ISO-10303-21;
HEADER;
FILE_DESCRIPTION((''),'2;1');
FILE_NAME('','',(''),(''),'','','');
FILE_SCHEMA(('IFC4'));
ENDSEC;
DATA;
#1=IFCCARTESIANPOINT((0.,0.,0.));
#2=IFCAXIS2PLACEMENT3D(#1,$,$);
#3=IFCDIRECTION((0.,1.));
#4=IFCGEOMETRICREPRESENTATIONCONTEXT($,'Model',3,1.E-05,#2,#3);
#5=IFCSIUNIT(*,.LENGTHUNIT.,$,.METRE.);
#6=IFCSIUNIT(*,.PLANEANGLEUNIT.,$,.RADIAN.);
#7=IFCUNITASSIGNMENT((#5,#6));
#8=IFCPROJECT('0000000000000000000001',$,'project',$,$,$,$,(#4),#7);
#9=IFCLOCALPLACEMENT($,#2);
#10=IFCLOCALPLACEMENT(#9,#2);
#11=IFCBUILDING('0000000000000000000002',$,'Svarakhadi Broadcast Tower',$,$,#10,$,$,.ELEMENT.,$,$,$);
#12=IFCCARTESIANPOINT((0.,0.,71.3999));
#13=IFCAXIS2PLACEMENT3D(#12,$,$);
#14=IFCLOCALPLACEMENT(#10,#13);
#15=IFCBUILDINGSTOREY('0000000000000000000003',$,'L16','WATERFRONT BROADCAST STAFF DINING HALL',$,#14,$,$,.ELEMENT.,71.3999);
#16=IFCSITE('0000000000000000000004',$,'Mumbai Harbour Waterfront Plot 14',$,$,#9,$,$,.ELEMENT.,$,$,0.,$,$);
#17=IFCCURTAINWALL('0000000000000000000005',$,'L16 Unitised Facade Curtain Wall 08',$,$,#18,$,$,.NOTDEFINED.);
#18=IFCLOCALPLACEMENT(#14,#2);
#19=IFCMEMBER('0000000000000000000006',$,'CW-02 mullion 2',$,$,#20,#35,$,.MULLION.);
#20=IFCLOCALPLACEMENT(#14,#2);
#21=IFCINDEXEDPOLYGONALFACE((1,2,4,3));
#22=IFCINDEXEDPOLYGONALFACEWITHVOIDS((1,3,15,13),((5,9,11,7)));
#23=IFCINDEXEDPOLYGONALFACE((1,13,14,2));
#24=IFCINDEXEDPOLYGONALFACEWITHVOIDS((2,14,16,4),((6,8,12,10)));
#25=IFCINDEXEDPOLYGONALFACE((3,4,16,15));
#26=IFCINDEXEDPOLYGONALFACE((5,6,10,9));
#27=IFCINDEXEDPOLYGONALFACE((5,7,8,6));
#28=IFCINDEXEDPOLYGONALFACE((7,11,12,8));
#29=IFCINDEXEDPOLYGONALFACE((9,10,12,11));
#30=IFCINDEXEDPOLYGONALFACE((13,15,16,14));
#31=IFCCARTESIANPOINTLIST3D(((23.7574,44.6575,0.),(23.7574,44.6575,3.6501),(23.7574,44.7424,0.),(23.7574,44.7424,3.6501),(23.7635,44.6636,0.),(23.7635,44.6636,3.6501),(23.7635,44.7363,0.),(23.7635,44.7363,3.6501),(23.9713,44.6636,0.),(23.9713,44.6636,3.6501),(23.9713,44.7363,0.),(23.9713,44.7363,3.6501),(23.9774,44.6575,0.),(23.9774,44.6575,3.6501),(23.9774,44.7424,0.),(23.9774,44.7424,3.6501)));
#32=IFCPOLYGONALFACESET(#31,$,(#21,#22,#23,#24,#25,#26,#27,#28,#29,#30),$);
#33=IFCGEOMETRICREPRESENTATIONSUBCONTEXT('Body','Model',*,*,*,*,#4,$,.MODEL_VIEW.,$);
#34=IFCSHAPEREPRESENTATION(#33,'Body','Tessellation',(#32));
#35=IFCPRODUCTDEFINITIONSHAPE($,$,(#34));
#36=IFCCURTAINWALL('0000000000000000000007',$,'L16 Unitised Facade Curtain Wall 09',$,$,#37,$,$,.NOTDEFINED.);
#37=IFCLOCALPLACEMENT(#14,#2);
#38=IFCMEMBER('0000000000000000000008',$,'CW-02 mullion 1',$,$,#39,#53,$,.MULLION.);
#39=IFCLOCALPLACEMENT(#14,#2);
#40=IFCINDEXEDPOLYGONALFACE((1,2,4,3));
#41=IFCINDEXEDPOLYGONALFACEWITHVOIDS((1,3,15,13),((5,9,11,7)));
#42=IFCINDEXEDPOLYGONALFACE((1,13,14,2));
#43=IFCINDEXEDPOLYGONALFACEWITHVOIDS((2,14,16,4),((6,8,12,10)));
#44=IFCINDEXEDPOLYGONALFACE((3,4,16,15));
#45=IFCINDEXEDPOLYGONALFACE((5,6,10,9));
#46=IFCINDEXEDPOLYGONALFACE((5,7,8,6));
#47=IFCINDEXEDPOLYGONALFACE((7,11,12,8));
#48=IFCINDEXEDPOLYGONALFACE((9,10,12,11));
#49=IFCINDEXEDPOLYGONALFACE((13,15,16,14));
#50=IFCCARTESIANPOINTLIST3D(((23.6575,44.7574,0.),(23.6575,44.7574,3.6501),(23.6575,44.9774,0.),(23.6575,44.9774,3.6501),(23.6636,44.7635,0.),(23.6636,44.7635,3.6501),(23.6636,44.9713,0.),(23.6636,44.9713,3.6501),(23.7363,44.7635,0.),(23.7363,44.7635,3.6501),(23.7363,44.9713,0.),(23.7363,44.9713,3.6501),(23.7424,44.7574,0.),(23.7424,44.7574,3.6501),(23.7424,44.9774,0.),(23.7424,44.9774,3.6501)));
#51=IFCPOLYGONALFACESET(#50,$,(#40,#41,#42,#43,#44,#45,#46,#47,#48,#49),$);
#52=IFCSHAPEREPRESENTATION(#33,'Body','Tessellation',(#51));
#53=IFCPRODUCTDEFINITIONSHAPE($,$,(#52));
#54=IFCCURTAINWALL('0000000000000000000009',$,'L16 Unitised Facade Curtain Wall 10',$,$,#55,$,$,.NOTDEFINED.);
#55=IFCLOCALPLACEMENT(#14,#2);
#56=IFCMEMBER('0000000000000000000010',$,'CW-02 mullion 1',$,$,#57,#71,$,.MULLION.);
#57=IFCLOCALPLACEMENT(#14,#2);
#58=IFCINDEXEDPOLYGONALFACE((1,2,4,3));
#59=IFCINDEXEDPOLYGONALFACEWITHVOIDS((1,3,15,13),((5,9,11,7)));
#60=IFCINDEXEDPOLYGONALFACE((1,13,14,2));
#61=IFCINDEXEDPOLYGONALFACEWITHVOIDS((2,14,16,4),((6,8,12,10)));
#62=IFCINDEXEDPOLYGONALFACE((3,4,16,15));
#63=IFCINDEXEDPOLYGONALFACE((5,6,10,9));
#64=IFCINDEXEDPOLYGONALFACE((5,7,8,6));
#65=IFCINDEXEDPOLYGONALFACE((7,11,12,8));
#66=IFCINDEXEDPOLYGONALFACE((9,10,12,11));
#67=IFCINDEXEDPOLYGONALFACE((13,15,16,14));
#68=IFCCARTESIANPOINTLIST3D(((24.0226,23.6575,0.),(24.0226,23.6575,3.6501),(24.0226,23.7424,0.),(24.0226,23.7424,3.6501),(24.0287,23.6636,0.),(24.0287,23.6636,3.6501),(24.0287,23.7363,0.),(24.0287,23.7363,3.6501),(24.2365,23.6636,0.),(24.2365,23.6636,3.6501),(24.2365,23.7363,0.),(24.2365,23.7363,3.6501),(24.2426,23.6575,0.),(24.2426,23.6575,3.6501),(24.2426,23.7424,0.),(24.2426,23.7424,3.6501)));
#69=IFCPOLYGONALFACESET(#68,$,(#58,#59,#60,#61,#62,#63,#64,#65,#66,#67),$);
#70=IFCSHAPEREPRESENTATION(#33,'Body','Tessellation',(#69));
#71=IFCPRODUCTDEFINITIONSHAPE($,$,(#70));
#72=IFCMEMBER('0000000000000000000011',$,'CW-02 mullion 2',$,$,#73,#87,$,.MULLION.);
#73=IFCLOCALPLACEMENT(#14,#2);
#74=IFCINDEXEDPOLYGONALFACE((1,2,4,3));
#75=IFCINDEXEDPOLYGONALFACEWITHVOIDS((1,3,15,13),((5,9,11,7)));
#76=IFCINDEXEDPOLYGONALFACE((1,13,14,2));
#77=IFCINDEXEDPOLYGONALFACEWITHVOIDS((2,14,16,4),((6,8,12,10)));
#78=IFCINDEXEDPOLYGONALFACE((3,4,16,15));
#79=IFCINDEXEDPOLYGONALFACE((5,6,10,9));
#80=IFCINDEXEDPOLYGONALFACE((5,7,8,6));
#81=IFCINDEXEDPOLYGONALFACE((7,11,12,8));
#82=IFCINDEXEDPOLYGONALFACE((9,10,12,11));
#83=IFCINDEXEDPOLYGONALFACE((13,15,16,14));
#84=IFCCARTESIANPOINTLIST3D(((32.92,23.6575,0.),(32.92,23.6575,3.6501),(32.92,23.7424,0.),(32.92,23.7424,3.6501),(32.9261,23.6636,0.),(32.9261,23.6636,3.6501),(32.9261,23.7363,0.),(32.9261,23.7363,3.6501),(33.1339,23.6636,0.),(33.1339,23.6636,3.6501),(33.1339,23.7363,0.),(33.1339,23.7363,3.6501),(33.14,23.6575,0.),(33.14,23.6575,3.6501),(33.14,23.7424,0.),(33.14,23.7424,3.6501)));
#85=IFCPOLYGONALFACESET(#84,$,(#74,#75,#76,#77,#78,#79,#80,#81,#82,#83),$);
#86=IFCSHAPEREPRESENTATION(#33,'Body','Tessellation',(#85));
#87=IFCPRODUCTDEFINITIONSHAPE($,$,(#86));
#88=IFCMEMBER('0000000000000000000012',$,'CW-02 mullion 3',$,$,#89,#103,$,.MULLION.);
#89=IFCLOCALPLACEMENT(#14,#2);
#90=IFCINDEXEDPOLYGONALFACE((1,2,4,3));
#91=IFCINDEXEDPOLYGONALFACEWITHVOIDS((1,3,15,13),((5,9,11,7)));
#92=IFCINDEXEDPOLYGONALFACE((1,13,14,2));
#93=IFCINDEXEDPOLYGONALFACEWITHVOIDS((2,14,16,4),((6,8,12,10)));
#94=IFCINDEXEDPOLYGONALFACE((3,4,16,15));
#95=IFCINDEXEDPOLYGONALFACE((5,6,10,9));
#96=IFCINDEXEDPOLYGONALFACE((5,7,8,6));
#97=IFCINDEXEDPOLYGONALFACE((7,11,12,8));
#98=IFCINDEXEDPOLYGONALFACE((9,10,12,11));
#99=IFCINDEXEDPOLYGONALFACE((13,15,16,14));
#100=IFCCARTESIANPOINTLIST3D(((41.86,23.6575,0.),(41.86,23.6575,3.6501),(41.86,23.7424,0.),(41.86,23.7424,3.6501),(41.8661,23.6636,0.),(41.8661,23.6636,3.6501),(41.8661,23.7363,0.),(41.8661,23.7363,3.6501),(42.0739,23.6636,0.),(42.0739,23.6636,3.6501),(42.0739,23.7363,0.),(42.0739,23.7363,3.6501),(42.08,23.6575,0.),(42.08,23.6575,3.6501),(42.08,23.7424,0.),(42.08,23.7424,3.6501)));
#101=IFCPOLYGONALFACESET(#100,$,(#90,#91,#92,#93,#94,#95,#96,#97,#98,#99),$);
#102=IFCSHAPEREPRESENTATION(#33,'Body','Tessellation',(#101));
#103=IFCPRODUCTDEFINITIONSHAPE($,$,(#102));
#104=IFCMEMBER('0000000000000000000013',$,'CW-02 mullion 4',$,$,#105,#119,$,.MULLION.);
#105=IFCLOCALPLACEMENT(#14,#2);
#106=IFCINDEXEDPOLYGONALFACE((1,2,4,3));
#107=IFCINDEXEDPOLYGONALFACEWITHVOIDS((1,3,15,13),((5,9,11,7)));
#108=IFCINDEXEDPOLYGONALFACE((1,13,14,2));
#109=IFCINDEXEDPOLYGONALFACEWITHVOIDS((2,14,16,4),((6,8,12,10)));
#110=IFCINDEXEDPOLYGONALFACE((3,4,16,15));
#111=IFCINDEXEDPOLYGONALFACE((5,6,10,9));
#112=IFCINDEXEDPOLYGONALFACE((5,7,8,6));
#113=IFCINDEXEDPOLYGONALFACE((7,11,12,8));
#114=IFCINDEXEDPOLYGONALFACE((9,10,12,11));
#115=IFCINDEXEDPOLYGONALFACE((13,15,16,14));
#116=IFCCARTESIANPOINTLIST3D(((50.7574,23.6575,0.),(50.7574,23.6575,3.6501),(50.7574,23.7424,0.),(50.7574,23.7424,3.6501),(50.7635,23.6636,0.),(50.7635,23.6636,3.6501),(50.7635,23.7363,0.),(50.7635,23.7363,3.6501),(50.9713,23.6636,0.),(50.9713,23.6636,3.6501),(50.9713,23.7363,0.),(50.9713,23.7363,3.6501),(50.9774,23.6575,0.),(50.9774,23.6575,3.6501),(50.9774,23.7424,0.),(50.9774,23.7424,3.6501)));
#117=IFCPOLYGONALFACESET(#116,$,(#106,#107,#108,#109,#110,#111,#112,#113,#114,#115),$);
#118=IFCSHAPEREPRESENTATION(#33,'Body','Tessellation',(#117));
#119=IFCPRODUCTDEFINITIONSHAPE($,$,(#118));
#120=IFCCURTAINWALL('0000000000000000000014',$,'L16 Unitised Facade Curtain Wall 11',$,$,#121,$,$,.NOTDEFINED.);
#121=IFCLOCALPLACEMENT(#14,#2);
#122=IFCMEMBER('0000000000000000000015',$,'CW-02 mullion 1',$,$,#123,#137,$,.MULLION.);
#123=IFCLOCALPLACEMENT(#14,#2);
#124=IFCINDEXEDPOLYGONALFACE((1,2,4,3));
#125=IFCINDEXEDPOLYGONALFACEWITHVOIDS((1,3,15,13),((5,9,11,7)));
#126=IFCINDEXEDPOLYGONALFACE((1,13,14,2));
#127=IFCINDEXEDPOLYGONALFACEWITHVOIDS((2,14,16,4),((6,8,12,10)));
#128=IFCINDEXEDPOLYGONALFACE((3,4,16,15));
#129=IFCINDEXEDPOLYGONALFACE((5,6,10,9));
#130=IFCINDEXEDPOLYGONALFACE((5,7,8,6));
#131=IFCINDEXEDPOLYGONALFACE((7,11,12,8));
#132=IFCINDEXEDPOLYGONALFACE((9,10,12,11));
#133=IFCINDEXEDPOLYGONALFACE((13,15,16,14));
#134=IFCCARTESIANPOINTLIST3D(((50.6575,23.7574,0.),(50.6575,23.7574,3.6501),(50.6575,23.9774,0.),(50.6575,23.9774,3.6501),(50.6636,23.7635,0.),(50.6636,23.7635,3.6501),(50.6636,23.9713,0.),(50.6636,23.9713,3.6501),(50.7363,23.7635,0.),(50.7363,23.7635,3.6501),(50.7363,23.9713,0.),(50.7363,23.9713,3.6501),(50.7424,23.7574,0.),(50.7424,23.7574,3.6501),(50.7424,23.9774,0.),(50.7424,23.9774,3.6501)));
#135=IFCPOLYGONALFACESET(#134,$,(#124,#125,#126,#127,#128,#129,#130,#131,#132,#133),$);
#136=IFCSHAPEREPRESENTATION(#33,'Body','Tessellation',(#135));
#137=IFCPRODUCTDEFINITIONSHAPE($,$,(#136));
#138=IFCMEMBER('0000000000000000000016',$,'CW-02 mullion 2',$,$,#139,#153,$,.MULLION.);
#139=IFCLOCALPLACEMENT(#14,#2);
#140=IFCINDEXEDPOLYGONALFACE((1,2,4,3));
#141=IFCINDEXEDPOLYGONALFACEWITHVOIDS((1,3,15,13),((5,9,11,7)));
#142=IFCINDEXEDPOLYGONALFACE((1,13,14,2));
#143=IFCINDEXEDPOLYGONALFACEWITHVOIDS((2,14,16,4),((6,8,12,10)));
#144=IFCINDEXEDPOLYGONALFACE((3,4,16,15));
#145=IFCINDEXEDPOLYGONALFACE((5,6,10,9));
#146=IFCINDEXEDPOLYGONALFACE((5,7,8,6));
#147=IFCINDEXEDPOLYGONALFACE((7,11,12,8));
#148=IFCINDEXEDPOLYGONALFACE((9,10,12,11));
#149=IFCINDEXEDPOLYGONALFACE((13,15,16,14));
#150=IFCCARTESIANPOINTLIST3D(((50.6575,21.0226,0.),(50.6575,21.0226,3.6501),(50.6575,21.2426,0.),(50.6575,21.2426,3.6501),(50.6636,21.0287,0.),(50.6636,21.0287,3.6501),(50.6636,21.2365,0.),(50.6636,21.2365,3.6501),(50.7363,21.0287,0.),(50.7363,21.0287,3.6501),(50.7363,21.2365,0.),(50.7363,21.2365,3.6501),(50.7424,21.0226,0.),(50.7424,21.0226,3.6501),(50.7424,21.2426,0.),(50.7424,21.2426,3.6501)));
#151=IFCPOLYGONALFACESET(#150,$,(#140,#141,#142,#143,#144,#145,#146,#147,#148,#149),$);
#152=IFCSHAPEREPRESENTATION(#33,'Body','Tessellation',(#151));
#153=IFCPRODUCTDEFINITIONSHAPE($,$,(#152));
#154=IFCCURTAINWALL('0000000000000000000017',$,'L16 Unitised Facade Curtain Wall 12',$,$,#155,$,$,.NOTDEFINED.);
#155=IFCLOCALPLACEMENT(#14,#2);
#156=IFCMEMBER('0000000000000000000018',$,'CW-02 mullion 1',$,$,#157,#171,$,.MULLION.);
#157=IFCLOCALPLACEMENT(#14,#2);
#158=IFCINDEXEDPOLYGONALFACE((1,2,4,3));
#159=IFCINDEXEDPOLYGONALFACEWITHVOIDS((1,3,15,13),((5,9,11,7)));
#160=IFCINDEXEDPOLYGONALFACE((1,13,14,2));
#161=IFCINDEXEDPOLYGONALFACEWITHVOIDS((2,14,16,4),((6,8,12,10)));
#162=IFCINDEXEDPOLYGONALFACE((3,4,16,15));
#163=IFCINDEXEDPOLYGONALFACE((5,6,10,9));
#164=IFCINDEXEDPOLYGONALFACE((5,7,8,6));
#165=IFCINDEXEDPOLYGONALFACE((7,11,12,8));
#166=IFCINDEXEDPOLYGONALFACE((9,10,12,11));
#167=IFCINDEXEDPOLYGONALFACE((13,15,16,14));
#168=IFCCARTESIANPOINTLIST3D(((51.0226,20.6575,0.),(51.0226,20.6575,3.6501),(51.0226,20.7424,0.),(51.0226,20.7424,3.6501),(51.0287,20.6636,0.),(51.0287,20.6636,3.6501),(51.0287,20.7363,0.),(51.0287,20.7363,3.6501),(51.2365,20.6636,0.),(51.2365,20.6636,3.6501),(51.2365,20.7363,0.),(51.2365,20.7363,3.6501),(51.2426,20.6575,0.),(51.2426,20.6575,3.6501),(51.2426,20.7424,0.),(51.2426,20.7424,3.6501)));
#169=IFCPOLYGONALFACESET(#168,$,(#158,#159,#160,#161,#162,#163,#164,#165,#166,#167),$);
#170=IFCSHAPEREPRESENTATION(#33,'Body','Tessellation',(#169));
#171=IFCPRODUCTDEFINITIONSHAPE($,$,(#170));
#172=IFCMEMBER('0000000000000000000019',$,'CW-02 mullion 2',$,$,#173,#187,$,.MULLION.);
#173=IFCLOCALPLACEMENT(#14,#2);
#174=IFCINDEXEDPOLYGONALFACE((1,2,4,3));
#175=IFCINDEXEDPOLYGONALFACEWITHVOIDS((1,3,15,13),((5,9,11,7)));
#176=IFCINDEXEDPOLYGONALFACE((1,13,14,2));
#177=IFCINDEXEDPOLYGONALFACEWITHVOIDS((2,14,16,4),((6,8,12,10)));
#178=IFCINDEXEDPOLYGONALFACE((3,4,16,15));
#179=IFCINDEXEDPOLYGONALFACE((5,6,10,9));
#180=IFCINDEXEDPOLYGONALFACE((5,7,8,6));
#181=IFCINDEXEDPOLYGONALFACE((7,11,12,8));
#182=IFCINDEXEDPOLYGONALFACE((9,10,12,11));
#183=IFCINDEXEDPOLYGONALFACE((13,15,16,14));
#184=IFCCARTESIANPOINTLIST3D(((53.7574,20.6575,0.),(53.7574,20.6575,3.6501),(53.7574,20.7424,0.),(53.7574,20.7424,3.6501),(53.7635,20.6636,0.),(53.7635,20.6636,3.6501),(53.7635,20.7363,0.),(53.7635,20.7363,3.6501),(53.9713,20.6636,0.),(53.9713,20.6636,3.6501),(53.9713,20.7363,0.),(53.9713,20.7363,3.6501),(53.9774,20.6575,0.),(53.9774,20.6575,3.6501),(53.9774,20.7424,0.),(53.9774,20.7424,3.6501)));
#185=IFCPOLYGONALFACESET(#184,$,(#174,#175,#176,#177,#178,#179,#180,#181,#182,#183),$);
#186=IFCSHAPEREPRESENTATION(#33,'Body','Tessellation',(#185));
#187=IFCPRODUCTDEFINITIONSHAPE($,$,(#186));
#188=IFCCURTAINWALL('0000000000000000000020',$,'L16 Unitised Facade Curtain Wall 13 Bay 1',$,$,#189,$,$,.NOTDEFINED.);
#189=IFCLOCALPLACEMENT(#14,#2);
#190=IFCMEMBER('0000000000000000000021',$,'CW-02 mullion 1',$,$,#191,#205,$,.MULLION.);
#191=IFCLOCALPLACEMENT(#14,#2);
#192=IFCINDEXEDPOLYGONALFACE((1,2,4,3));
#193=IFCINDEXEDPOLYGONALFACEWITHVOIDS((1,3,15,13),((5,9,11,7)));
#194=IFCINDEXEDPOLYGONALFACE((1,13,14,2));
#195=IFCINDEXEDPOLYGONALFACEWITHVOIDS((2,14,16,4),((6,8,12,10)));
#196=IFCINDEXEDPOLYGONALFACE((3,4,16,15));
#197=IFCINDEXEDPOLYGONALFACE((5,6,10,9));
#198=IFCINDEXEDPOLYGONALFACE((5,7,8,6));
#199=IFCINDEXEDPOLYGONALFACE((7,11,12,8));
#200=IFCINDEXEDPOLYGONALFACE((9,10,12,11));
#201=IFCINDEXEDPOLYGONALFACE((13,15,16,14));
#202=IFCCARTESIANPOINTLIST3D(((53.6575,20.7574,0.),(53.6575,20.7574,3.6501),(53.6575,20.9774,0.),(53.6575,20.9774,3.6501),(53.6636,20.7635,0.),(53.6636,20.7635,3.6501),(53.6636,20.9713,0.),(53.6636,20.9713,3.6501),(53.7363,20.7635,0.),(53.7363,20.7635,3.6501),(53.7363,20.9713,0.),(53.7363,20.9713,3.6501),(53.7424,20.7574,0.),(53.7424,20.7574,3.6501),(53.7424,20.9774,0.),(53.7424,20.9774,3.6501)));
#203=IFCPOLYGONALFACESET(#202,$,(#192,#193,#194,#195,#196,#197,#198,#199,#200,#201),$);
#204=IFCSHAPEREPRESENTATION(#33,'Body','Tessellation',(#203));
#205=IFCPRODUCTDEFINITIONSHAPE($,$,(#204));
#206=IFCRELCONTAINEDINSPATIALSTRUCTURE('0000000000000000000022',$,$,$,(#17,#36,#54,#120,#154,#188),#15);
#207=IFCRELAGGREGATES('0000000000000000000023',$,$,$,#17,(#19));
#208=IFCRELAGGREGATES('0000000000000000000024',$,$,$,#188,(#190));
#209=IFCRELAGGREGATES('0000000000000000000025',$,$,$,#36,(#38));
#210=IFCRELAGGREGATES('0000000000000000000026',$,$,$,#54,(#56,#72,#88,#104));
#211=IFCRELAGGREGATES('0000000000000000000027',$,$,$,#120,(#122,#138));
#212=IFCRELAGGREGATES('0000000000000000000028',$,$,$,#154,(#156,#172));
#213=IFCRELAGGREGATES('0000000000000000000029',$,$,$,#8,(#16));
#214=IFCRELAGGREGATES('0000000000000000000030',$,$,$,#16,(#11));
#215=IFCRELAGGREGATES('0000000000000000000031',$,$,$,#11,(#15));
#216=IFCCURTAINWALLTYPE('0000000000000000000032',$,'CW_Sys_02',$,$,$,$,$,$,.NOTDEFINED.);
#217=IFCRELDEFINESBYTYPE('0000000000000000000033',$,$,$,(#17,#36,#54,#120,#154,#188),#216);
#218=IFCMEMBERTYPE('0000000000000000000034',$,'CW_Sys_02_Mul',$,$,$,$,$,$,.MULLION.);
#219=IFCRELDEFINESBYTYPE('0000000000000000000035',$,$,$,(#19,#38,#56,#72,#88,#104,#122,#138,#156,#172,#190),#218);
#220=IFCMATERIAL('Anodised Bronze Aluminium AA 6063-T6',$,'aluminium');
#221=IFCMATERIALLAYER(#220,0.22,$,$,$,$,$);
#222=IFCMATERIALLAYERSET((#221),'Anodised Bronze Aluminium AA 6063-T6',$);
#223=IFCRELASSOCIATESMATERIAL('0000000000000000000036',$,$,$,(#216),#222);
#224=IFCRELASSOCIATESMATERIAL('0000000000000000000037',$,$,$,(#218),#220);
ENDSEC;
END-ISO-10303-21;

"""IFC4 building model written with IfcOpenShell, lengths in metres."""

from ifc_helpers import new_model, si_unit, direction, frame, origin, origin_2d, place, context, subcontext, project, spatial, hollow_rectangle, extrude, material, layer, layer_set, material_profile, profile_set, type_object, element, aggregate, save


model = new_model("IFC4")

# Units and contexts
model_context = context("Model", 3, precision=1e-05, world=origin(), true_north=direction((0.0, 1.0)))
body_context = subcontext(model_context, "Body", "Model", "MODEL_VIEW")
ifc_project = project(units=[si_unit("LENGTHUNIT", "METRE"), si_unit("PLANEANGLEUNIT", "RADIAN")], contexts=[model_context])

# Site, building, storey
site_placement = place(None, origin())
site = spatial("IfcSite", under=ifc_project, at=site_placement, Name="Mumbai Harbour Waterfront Plot 14", CompositionType="ELEMENT", RefElevation=0.0)
building_placement = place(site_placement, origin())
building = spatial("IfcBuilding", under=site, at=building_placement, Name="Svarakhadi Broadcast Tower", CompositionType="ELEMENT")
storey_placement = place(building_placement, frame((0.0, 0.0, 71.3999)))
storey = spatial("IfcBuildingStorey", under=building, at=storey_placement, Name="L16", Description="WATERFRONT BROADCAST STAFF DINING HALL", CompositionType="ELEMENT", Elevation=71.3999)

# Curtain walls, members
ifc_material_1 = material(Name="Anodised Bronze Aluminium AA 6063-T6", Category="aluminium")
ifc_layer_1 = layer(ifc_material_1, 0.22)
ifc_layer_set_1 = layer_set([ifc_layer_1], Name="Anodised Bronze Aluminium AA 6063-T6")
curtain_wall_type = type_object("IfcCurtainWallType", Name="CW_Sys_02", PredefinedType="NOTDEFINED", material=ifc_layer_set_1)
curtain_wall_1_placement = place(storey_placement, origin())
curtain_wall_1 = element("IfcCurtainWall", 1, at=curtain_wall_1_placement, inside=storey, type_object=curtain_wall_type, Name="L16 Unitised Facade Curtain Wall 08", PredefinedType="NOTDEFINED")
ifc_material_profile_1 = material_profile(ifc_material_1, hollow_rectangle(XDim=0.085, YDim=0.22, WallThickness=0.0061, at=origin_2d()), Name="ALU MULLION 220x85x6")
ifc_profile_set_1 = profile_set([ifc_material_profile_1], Name="Anodised Bronze Aluminium AA 6063-T6")
member_type_1 = type_object("IfcMemberType", Name="CW_Sys_02_Mul", PredefinedType="MULLION", material=ifc_profile_set_1)
member_1_placement = place(storey_placement, frame((23.8674, 44.7, 0.0), z_axis=(0.0, 0.0, 1.0), x_axis=(0.0, 1.0, 0.0)))
member_1 = element("IfcMember", 2, at=member_1_placement, type_object=member_type_1, Name="CW-02 mullion 2", PredefinedType="MULLION", context=body_context, shape_type="SweptSolid", body=[
    extrude(hollow_rectangle(XDim=0.085, YDim=0.22, WallThickness=0.0061, at=origin_2d()), origin(), (0.0, 0.0, 1.0), 3.6501),
])
aggregate(curtain_wall_1, [member_1])
curtain_wall_2_placement = place(storey_placement, origin())
curtain_wall_2 = element("IfcCurtainWall", 3, at=curtain_wall_2_placement, inside=storey, type_object=curtain_wall_type, Name="L16 Unitised Facade Curtain Wall 09", PredefinedType="NOTDEFINED")
member_2_placement = place(storey_placement, frame((23.7, 44.8674, 0.0), z_axis=(0.0, 0.0, 1.0), x_axis=(1.0, 0.0, 0.0)))
member_2 = element("IfcMember", 4, at=member_2_placement, type_object=member_type_1, Name="CW-02 mullion 1", PredefinedType="MULLION", context=body_context, shape_type="SweptSolid", body=[
    extrude(hollow_rectangle(XDim=0.085, YDim=0.22, WallThickness=0.0061, at=origin_2d()), origin(), (0.0, 0.0, 1.0), 3.6501),
])

# Curtain walls, members
curtain_wall_3_placement = place(storey_placement, origin())
curtain_wall_3 = element("IfcCurtainWall", 5, at=curtain_wall_3_placement, inside=storey, type_object=curtain_wall_type, Name="L16 Unitised Facade Curtain Wall 10", PredefinedType="NOTDEFINED")
member_3_placement = place(storey_placement, frame((24.1326, 23.7, 0.0), z_axis=(0.0, 0.0, 1.0), x_axis=(0.0, 1.0, 0.0)))
member_3 = element("IfcMember", 6, at=member_3_placement, type_object=member_type_1, Name="CW-02 mullion 1", PredefinedType="MULLION", context=body_context, shape_type="SweptSolid", body=[
    extrude(hollow_rectangle(XDim=0.085, YDim=0.22, WallThickness=0.0061, at=origin_2d()), origin(), (0.0, 0.0, 1.0), 3.6501),
])
member_4_placement = place(storey_placement, frame((33.03, 23.7, 0.0), z_axis=(0.0, 0.0, 1.0), x_axis=(0.0, 1.0, 0.0)))
member_4 = element("IfcMember", 7, at=member_4_placement, type_object=member_type_1, Name="CW-02 mullion 2", PredefinedType="MULLION", context=body_context, shape_type="SweptSolid", body=[
    extrude(hollow_rectangle(XDim=0.085, YDim=0.22, WallThickness=0.0061, at=origin_2d()), origin(), (0.0, 0.0, 1.0), 3.6501),
])
member_5_placement = place(storey_placement, frame((41.97, 23.7, 0.0), z_axis=(0.0, 0.0, 1.0), x_axis=(0.0, 1.0, 0.0)))
member_5 = element("IfcMember", 8, at=member_5_placement, type_object=member_type_1, Name="CW-02 mullion 3", PredefinedType="MULLION", context=body_context, shape_type="SweptSolid", body=[
    extrude(hollow_rectangle(XDim=0.085, YDim=0.22, WallThickness=0.0061, at=origin_2d()), origin(), (0.0, 0.0, 1.0), 3.6501),
])
member_6_placement = place(storey_placement, frame((50.8674, 23.7, 0.0), z_axis=(0.0, 0.0, 1.0), x_axis=(0.0, 1.0, 0.0)))
member_6 = element("IfcMember", 9, at=member_6_placement, type_object=member_type_1, Name="CW-02 mullion 4", PredefinedType="MULLION", context=body_context, shape_type="SweptSolid", body=[
    extrude(hollow_rectangle(XDim=0.085, YDim=0.22, WallThickness=0.0061, at=origin_2d()), origin(), (0.0, 0.0, 1.0), 3.6501),
])
curtain_wall_4_placement = place(storey_placement, origin())
curtain_wall_4 = element("IfcCurtainWall", 10, at=curtain_wall_4_placement, inside=storey, type_object=curtain_wall_type, Name="L16 Unitised Facade Curtain Wall 11", PredefinedType="NOTDEFINED")
member_7_placement = place(storey_placement, frame((50.7, 23.8674, 0.0), z_axis=(0.0, 0.0, 1.0), x_axis=(1.0, 0.0, 0.0)))
member_7 = element("IfcMember", 11, at=member_7_placement, type_object=member_type_1, Name="CW-02 mullion 1", PredefinedType="MULLION", context=body_context, shape_type="SweptSolid", body=[
    extrude(hollow_rectangle(XDim=0.085, YDim=0.22, WallThickness=0.0061, at=origin_2d()), origin(), (0.0, 0.0, 1.0), 3.6501),
])
member_8_placement = place(storey_placement, frame((50.7, 21.1326, 0.0), z_axis=(0.0, 0.0, 1.0), x_axis=(1.0, 0.0, 0.0)))
member_8 = element("IfcMember", 12, at=member_8_placement, type_object=member_type_1, Name="CW-02 mullion 2", PredefinedType="MULLION", context=body_context, shape_type="SweptSolid", body=[
    extrude(hollow_rectangle(XDim=0.085, YDim=0.22, WallThickness=0.0061, at=origin_2d()), origin(), (0.0, 0.0, 1.0), 3.6501),
])
curtain_wall_5_placement = place(storey_placement, origin())
curtain_wall_5 = element("IfcCurtainWall", 13, at=curtain_wall_5_placement, inside=storey, type_object=curtain_wall_type, Name="L16 Unitised Facade Curtain Wall 12", PredefinedType="NOTDEFINED")
member_9_placement = place(storey_placement, frame((51.1326, 20.7, 0.0), z_axis=(0.0, 0.0, 1.0), x_axis=(0.0, 1.0, 0.0)))
member_9 = element("IfcMember", 14, at=member_9_placement, type_object=member_type_1, Name="CW-02 mullion 1", PredefinedType="MULLION", context=body_context, shape_type="SweptSolid", body=[
    extrude(hollow_rectangle(XDim=0.085, YDim=0.22, WallThickness=0.0061, at=origin_2d()), origin(), (0.0, 0.0, 1.0), 3.6501),
])
member_10_placement = place(storey_placement, frame((53.8674, 20.7, 0.0), z_axis=(0.0, 0.0, 1.0), x_axis=(0.0, 1.0, 0.0)))
member_10 = element("IfcMember", 15, at=member_10_placement, type_object=member_type_1, Name="CW-02 mullion 2", PredefinedType="MULLION", context=body_context, shape_type="SweptSolid", body=[
    extrude(hollow_rectangle(XDim=0.085, YDim=0.22, WallThickness=0.0061, at=origin_2d()), origin(), (0.0, 0.0, 1.0), 3.6501),
])

# Curtain wall, member
curtain_wall_6_placement = place(storey_placement, origin())
curtain_wall_6 = element("IfcCurtainWall", 16, at=curtain_wall_6_placement, inside=storey, type_object=curtain_wall_type, Name="L16 Unitised Facade Curtain Wall 13 Bay 1", PredefinedType="NOTDEFINED")
member_11_placement = place(storey_placement, frame((53.7, 20.8674, 0.0), z_axis=(0.0, 0.0, 1.0), x_axis=(1.0, 0.0, 0.0)))
member_11 = element("IfcMember", 17, at=member_11_placement, type_object=member_type_1, Name="CW-02 mullion 1", PredefinedType="MULLION", context=body_context, shape_type="SweptSolid", body=[
    extrude(hollow_rectangle(XDim=0.085, YDim=0.22, WallThickness=0.0061, at=origin_2d()), origin(), (0.0, 0.0, 1.0), 3.6501),
])

aggregate(curtain_wall_6, [member_11])

aggregate(curtain_wall_2, [member_2])
aggregate(curtain_wall_3, [member_3, member_4, member_5, member_6])
aggregate(curtain_wall_4, [member_7, member_8])
aggregate(curtain_wall_5, [member_9, member_10])

save(model, "model.ifc")
